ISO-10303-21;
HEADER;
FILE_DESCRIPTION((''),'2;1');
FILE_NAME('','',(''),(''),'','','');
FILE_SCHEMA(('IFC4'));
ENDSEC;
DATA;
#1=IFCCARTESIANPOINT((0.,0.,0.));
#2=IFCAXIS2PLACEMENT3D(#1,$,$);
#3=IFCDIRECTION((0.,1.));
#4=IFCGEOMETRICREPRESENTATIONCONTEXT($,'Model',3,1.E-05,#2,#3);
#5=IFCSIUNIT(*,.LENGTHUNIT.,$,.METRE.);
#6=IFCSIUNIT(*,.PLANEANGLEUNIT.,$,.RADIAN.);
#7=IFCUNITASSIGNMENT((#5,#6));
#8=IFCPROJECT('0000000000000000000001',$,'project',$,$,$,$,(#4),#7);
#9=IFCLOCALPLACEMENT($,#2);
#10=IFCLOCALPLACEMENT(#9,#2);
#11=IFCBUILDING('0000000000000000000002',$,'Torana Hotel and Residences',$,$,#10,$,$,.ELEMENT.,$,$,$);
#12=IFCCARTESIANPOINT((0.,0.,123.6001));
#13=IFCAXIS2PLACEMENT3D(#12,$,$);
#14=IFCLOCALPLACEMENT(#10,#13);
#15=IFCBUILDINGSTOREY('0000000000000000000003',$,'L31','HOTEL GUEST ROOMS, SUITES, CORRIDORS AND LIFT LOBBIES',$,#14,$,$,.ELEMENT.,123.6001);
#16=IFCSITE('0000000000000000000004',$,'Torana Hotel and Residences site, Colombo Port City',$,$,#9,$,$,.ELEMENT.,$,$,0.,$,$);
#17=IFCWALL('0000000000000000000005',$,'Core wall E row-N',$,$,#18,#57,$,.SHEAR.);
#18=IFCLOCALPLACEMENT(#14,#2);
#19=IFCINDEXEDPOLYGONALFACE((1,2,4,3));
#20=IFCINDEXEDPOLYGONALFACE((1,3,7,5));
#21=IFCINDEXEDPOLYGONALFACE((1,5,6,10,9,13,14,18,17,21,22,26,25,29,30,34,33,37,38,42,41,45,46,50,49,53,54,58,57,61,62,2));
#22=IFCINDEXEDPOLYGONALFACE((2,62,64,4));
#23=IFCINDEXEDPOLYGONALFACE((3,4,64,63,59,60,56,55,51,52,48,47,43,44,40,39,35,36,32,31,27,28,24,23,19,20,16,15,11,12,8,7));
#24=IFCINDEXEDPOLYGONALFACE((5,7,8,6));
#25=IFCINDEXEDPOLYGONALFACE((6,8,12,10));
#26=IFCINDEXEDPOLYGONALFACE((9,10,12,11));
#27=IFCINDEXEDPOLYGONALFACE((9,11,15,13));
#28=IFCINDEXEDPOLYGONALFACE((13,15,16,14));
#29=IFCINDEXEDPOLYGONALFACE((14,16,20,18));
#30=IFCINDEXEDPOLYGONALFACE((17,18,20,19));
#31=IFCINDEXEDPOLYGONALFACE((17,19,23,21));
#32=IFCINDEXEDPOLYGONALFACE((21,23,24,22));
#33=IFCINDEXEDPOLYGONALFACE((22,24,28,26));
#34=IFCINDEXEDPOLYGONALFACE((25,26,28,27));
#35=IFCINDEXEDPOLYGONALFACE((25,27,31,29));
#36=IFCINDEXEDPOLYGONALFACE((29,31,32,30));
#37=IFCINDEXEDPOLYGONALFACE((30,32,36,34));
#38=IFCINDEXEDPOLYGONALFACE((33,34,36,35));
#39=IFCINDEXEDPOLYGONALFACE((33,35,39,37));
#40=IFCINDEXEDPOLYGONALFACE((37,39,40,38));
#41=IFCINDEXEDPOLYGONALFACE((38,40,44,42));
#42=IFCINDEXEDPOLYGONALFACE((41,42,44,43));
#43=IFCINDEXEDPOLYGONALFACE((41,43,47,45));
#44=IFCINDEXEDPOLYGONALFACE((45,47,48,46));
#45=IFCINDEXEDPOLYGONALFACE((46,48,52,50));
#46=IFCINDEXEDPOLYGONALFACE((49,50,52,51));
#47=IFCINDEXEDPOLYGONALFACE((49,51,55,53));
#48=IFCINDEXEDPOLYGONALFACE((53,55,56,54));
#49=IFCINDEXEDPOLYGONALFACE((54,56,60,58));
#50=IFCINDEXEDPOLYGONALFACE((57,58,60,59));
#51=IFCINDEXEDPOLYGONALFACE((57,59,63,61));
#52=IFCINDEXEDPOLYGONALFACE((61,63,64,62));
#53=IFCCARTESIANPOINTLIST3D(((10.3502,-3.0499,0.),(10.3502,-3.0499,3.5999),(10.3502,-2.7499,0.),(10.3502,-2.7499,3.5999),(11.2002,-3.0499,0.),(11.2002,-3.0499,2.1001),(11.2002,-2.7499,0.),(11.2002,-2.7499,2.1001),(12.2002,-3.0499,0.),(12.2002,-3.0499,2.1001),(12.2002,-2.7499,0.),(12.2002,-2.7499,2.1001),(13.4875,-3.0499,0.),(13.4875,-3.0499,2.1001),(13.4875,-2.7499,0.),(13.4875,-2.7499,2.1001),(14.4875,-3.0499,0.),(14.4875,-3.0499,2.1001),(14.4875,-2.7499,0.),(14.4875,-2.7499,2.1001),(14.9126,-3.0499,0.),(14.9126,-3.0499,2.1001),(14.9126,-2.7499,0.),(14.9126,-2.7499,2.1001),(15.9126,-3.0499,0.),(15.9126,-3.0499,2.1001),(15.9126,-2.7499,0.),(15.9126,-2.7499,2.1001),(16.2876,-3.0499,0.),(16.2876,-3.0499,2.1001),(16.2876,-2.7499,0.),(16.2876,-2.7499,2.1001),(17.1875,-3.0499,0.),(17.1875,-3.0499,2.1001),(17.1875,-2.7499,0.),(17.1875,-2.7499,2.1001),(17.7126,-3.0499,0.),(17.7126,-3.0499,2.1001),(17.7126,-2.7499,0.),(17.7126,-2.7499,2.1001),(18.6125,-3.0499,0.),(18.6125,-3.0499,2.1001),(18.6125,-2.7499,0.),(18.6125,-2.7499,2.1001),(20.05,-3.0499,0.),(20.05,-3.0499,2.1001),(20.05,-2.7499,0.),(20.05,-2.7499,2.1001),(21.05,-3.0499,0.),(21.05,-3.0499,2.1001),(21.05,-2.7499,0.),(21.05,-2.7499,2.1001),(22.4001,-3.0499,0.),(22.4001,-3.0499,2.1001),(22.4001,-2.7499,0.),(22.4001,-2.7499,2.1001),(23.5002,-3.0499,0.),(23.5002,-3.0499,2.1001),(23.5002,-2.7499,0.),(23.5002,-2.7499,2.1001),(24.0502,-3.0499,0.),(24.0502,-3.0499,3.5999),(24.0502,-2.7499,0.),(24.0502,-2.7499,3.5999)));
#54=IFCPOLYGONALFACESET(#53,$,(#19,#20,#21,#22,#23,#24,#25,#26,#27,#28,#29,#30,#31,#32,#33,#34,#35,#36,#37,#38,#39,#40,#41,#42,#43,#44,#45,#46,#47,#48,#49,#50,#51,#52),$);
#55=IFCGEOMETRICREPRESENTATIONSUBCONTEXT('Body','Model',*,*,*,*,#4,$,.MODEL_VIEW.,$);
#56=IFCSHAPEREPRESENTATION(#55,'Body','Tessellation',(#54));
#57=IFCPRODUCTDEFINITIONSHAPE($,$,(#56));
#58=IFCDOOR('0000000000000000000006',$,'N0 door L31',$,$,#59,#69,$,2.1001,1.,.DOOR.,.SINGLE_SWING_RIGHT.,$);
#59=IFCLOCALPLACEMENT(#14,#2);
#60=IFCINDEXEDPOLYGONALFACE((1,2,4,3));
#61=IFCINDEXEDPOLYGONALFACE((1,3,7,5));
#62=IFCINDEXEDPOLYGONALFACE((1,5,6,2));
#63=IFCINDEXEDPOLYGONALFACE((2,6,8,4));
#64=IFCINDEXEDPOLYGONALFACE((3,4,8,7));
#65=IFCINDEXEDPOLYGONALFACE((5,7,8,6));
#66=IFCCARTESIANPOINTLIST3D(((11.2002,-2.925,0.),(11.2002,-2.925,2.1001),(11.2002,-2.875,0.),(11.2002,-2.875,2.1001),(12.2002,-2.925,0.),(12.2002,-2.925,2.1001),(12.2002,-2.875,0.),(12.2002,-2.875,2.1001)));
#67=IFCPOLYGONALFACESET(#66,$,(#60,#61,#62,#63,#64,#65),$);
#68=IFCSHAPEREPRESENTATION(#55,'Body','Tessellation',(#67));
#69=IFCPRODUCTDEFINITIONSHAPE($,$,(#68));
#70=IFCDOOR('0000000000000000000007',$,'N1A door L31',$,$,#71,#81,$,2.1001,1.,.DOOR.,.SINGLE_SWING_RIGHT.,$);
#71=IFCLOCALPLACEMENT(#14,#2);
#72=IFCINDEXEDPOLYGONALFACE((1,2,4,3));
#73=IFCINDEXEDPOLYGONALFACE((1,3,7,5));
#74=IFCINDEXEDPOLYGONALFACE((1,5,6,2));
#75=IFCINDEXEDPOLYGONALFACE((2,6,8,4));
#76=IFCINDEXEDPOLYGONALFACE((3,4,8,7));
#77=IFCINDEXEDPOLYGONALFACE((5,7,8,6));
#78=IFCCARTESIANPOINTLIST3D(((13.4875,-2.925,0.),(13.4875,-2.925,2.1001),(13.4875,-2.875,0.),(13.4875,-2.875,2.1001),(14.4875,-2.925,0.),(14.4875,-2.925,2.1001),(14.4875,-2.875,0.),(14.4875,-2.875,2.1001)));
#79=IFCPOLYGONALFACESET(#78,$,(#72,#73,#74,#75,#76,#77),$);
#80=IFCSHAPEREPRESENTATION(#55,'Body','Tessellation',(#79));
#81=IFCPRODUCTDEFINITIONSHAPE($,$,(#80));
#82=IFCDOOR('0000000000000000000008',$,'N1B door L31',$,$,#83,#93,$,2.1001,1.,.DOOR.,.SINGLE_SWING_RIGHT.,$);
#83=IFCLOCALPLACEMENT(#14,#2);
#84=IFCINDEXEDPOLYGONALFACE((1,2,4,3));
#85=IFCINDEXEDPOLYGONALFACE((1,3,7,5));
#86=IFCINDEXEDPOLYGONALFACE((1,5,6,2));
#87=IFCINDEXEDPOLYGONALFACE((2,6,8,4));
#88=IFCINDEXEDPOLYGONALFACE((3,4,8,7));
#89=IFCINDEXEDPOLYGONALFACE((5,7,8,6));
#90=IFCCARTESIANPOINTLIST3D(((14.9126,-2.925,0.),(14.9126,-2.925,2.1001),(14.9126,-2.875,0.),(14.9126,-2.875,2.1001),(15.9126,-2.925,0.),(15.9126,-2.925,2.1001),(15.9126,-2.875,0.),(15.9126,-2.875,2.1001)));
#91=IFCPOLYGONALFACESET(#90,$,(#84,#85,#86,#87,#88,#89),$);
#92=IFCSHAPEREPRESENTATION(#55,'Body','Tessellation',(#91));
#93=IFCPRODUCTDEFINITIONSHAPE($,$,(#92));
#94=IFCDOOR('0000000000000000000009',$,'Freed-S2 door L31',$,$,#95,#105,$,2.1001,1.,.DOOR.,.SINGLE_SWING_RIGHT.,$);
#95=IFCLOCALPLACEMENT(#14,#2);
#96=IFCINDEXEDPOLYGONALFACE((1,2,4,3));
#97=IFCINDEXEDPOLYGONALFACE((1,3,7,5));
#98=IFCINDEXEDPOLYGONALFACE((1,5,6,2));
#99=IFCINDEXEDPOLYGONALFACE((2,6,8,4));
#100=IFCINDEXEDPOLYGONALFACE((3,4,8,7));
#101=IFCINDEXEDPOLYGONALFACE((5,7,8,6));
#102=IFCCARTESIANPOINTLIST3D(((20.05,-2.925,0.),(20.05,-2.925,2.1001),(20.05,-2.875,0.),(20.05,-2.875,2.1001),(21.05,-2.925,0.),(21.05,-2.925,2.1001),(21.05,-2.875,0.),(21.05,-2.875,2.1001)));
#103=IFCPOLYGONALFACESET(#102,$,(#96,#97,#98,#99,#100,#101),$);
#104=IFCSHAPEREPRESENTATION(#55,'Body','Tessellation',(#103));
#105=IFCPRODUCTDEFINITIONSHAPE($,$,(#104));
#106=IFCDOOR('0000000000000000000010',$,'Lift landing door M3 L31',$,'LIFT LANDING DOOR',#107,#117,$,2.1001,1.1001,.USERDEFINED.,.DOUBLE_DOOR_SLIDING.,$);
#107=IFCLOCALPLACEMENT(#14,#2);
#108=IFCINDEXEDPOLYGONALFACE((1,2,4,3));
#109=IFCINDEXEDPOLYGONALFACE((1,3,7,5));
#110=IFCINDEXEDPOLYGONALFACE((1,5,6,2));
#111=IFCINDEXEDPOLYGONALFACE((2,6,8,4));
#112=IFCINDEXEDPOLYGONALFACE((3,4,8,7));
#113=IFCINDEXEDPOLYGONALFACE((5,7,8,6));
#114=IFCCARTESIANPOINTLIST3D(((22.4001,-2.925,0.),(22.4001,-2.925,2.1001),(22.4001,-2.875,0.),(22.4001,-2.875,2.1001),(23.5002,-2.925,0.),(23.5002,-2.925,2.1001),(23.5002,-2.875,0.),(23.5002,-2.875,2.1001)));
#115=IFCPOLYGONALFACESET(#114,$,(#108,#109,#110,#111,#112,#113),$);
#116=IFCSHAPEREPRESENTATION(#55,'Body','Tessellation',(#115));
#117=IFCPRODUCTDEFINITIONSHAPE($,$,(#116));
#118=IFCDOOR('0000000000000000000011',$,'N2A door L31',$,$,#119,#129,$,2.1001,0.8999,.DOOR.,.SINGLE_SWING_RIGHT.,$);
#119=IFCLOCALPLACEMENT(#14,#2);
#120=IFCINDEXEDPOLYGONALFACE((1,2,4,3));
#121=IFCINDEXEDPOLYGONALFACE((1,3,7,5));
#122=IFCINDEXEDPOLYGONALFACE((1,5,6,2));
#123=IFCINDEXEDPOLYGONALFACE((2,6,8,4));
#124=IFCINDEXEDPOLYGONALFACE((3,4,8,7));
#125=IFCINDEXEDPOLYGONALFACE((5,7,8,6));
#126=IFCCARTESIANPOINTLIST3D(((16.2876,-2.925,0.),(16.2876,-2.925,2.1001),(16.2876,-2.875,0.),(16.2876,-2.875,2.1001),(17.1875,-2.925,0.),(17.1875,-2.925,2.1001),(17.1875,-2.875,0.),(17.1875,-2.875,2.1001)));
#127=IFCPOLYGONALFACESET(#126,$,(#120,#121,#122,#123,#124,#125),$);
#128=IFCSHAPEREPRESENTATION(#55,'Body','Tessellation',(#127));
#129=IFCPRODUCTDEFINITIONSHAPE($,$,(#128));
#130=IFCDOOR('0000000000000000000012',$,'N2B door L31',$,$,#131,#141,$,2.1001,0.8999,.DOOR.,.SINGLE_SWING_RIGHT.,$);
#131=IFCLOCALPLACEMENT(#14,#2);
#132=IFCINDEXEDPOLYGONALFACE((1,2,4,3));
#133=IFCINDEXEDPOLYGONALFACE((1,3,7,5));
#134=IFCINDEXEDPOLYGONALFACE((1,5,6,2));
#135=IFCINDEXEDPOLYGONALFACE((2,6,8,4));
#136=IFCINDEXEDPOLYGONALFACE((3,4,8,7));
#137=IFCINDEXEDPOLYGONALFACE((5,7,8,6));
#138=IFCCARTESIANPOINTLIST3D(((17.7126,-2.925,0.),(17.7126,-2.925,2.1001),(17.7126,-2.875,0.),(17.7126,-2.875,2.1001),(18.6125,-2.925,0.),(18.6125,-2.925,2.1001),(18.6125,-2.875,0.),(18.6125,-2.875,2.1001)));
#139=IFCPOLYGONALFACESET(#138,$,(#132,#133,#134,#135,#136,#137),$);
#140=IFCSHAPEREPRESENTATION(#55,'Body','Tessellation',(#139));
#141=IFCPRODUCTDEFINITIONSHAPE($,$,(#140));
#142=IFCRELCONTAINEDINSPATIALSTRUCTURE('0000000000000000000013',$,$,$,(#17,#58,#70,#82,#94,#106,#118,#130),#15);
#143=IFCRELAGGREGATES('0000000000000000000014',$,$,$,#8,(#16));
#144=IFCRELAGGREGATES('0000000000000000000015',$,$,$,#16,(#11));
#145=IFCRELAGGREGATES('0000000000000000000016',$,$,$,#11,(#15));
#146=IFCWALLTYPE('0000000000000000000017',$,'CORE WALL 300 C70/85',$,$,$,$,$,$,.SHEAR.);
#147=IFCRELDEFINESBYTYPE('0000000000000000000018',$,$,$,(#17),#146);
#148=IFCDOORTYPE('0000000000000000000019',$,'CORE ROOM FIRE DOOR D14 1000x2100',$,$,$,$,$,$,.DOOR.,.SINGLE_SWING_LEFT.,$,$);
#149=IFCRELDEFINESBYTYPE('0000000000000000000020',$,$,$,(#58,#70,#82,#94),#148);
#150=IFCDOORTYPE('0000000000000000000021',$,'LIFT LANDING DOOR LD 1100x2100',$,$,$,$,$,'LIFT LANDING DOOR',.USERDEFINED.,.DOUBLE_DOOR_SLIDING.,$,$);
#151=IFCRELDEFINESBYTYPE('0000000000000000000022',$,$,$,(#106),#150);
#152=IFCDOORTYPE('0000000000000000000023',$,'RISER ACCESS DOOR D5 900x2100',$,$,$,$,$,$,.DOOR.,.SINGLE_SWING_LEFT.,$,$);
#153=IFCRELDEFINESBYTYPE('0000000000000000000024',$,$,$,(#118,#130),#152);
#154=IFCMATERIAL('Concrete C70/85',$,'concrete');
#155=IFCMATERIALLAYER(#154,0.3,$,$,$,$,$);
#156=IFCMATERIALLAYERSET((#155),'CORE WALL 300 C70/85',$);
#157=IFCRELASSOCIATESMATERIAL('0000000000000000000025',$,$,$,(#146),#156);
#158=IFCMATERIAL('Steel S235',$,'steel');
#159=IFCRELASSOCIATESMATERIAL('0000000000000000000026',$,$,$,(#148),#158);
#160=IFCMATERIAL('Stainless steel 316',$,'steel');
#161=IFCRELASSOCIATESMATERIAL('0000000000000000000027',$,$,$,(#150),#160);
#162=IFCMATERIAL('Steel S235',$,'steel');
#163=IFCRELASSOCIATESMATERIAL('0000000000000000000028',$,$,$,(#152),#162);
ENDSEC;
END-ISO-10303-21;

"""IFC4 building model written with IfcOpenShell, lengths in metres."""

from ifc_helpers import new_model, si_unit, direction, frame, frame_2d, origin, place, context, subcontext, project, spatial, rectangle, extrude, material, layer, layer_set, type_object, element, fill, save


model = new_model("IFC4")

# Units and contexts
model_context = context("Model", 3, precision=1e-05, world=origin(), true_north=direction((0.0, 1.0)))
body_context = subcontext(model_context, "Body", "Model", "MODEL_VIEW")
ifc_project = project(units=[si_unit("LENGTHUNIT", "METRE"), si_unit("PLANEANGLEUNIT", "RADIAN")], contexts=[model_context])

# Site, building, storey
site_placement = place(None, origin())
site = spatial("IfcSite", under=ifc_project, at=site_placement, Name="Torana Hotel and Residences site, Colombo Port City", CompositionType="ELEMENT", RefElevation=0.0)
building_placement = place(site_placement, origin())
building = spatial("IfcBuilding", under=site, at=building_placement, Name="Torana Hotel and Residences", CompositionType="ELEMENT")
storey_placement = place(building_placement, frame((0.0, 0.0, 123.6001)))
storey = spatial("IfcBuildingStorey", under=building, at=storey_placement, Name="L31", Description="HOTEL GUEST ROOMS, SUITES, CORRIDORS AND LIFT LOBBIES", CompositionType="ELEMENT", Elevation=123.6001)

# Wall, openings, doors
ifc_material_1 = material(Name="Concrete C70/85", Category="concrete")
ifc_layer_1 = layer(ifc_material_1, 0.3)
ifc_layer_set_1 = layer_set([ifc_layer_1], Name="CORE WALL 300 C70/85")
wall_type_1 = type_object("IfcWallType", Name="CORE WALL 300 C70/85", PredefinedType="SHEAR", material=ifc_layer_set_1)
wall_1_placement = place(storey_placement, frame((10.3501, -2.8999, 0.0), z_axis=(0.0, 0.0, 1.0), x_axis=(1.0, 0.0, 0.0)))
wall_1 = element("IfcWall", 1, at=wall_1_placement, inside=storey, type_object=wall_type_1, Name="Core wall E row-N", PredefinedType="SHEAR", context=body_context, shape_type="SweptSolid", body=[
    extrude(rectangle(XDim=13.7, YDim=0.3, at=frame_2d((6.8501, 0.0))), origin(), (0.0, 0.0, 1.0), 3.5999),
])
opening_1_placement = place(wall_1_placement, frame((12.05, 0.0, 0.0)))
opening_1 = element("IfcOpeningElement", 2, at=opening_1_placement, cuts=wall_1, PredefinedType="OPENING", context=body_context, shape_type="SweptSolid", body=[
    extrude(rectangle(XDim=1.1001, YDim=2.1001, at=frame_2d((0.55, 1.05))), frame((0.0, 0.1599, 0.0), z_axis=(0.0, -1.0, 0.0), x_axis=(1.0, 0.0, 0.0)), (0.0, 0.0, 1.0), 0.3201),
])
opening_2_placement = place(wall_1_placement, frame((5.9375, 0.0, 0.0)))
opening_2 = element("IfcOpeningElement", 3, at=opening_2_placement, cuts=wall_1, PredefinedType="OPENING", context=body_context, shape_type="SweptSolid", body=[
    extrude(rectangle(XDim=0.8999, YDim=2.1001, at=frame_2d((0.45, 1.05))), frame((0.0, 0.1599, 0.0), z_axis=(0.0, -1.0, 0.0), x_axis=(1.0, 0.0, 0.0)), (0.0, 0.0, 1.0), 0.3201),
])
opening_3_placement = place(wall_1_placement, frame((7.3625, 0.0, 0.0)))
opening_3 = element("IfcOpeningElement", 4, at=opening_3_placement, cuts=wall_1, PredefinedType="OPENING", context=body_context, shape_type="SweptSolid", body=[
    extrude(rectangle(XDim=0.8999, YDim=2.1001, at=frame_2d((0.45, 1.05))), frame((0.0, 0.1599, 0.0), z_axis=(0.0, -1.0, 0.0), x_axis=(1.0, 0.0, 0.0)), (0.0, 0.0, 1.0), 0.3201),
])
opening_4_placement = place(wall_1_placement, frame((0.8501, 0.0, 0.0)))
opening_4 = element("IfcOpeningElement", 5, at=opening_4_placement, cuts=wall_1, PredefinedType="OPENING", context=body_context, shape_type="SweptSolid", body=[
    extrude(rectangle(XDim=1.0, YDim=2.1001, at=frame_2d((0.5, 1.05))), frame((0.0, 0.1599, 0.0), z_axis=(0.0, -1.0, 0.0), x_axis=(1.0, 0.0, 0.0)), (0.0, 0.0, 1.0), 0.3201),
])
opening_5_placement = place(wall_1_placement, frame((3.1375, 0.0, 0.0)))
opening_5 = element("IfcOpeningElement", 6, at=opening_5_placement, cuts=wall_1, PredefinedType="OPENING", context=body_context, shape_type="SweptSolid", body=[
    extrude(rectangle(XDim=1.0, YDim=2.1001, at=frame_2d((0.5, 1.05))), frame((0.0, 0.1599, 0.0), z_axis=(0.0, -1.0, 0.0), x_axis=(1.0, 0.0, 0.0)), (0.0, 0.0, 1.0), 0.3201),
])
opening_6_placement = place(wall_1_placement, frame((4.5625, 0.0, 0.0)))
opening_6 = element("IfcOpeningElement", 7, at=opening_6_placement, cuts=wall_1, PredefinedType="OPENING", context=body_context, shape_type="SweptSolid", body=[
    extrude(rectangle(XDim=1.0, YDim=2.1001, at=frame_2d((0.5, 1.05))), frame((0.0, 0.1599, 0.0), z_axis=(0.0, -1.0, 0.0), x_axis=(1.0, 0.0, 0.0)), (0.0, 0.0, 1.0), 0.3201),
])
opening_7_placement = place(wall_1_placement, frame((9.7, 0.0, 0.0)))
opening_7 = element("IfcOpeningElement", 8, at=opening_7_placement, cuts=wall_1, PredefinedType="OPENING", context=body_context, shape_type="SweptSolid", body=[
    extrude(rectangle(XDim=1.0, YDim=2.1001, at=frame_2d((0.5, 1.05))), frame((0.0, 0.1599, 0.0), z_axis=(0.0, -1.0, 0.0), x_axis=(1.0, 0.0, 0.0)), (0.0, 0.0, 1.0), 0.3201),
])
ifc_material_2 = material(Name="Steel S235", Category="steel")
door_type_1 = type_object("IfcDoorType", Name="CORE ROOM FIRE DOOR D14 1000x2100", OperationType="SINGLE_SWING_LEFT", PredefinedType="DOOR", material=ifc_material_2)
door_1_placement = place(opening_4_placement, origin())
door_1 = element("IfcDoor", 9, at=door_1_placement, inside=storey, type_object=door_type_1, Name="N0 door L31", OperationType="SINGLE_SWING_RIGHT", OverallHeight=2.1001, OverallWidth=1.0, PredefinedType="DOOR", context=body_context, shape_type="SweptSolid", body=[
    extrude(rectangle(XDim=1.0, YDim=2.1001, at=frame_2d((0.5, 1.05))), frame((0.0, 0.0249, 0.0), z_axis=(0.0, -1.0, 0.0), x_axis=(1.0, 0.0, 0.0)), (0.0, 0.0, 1.0), 0.05),
])
fill(opening_4, door_1)
door_2_placement = place(opening_5_placement, origin())
door_2 = element("IfcDoor", 10, at=door_2_placement, inside=storey, type_object=door_type_1, Name="N1A door L31", OperationType="SINGLE_SWING_RIGHT", OverallHeight=2.1001, OverallWidth=1.0, PredefinedType="DOOR", context=body_context, shape_type="SweptSolid", body=[
    extrude(rectangle(XDim=1.0, YDim=2.1001, at=frame_2d((0.5, 1.05))), frame((0.0, 0.0249, 0.0), z_axis=(0.0, -1.0, 0.0), x_axis=(1.0, 0.0, 0.0)), (0.0, 0.0, 1.0), 0.05),
])
fill(opening_5, door_2)
door_3_placement = place(opening_6_placement, origin())
door_3 = element("IfcDoor", 11, at=door_3_placement, inside=storey, type_object=door_type_1, Name="N1B door L31", OperationType="SINGLE_SWING_RIGHT", OverallHeight=2.1001, OverallWidth=1.0, PredefinedType="DOOR", context=body_context, shape_type="SweptSolid", body=[
    extrude(rectangle(XDim=1.0, YDim=2.1001, at=frame_2d((0.5, 1.05))), frame((0.0, 0.0249, 0.0), z_axis=(0.0, -1.0, 0.0), x_axis=(1.0, 0.0, 0.0)), (0.0, 0.0, 1.0), 0.05),
])
fill(opening_6, door_3)
door_4_placement = place(opening_7_placement, origin())
door_4 = element("IfcDoor", 12, at=door_4_placement, inside=storey, type_object=door_type_1, Name="Freed-S2 door L31", OperationType="SINGLE_SWING_RIGHT", OverallHeight=2.1001, OverallWidth=1.0, PredefinedType="DOOR", context=body_context, shape_type="SweptSolid", body=[
    extrude(rectangle(XDim=1.0, YDim=2.1001, at=frame_2d((0.5, 1.05))), frame((0.0, 0.0249, 0.0), z_axis=(0.0, -1.0, 0.0), x_axis=(1.0, 0.0, 0.0)), (0.0, 0.0, 1.0), 0.05),
])
fill(opening_7, door_4)
ifc_material_3 = material(Name="Stainless steel 316", Category="steel")
door_type_2 = type_object("IfcDoorType", Name="LIFT LANDING DOOR LD 1100x2100", ElementType="LIFT LANDING DOOR", OperationType="DOUBLE_DOOR_SLIDING", PredefinedType="USERDEFINED", material=ifc_material_3)
door_5_placement = place(opening_1_placement, origin())
door_5 = element("IfcDoor", 13, at=door_5_placement, inside=storey, type_object=door_type_2, Name="Lift landing door M3 L31", ObjectType="LIFT LANDING DOOR", OperationType="DOUBLE_DOOR_SLIDING", OverallHeight=2.1001, OverallWidth=1.1001, PredefinedType="USERDEFINED", context=body_context, shape_type="SweptSolid", body=[
    extrude(rectangle(XDim=1.1001, YDim=2.1001, at=frame_2d((0.55, 1.05))), frame((0.0, 0.0249, 0.0), z_axis=(0.0, -1.0, 0.0), x_axis=(1.0, 0.0, 0.0)), (0.0, 0.0, 1.0), 0.05),
])
fill(opening_1, door_5)
ifc_material_4 = material(Name="Steel S235", Category="steel")
door_type_3 = type_object("IfcDoorType", Name="RISER ACCESS DOOR D5 900x2100", OperationType="SINGLE_SWING_LEFT", PredefinedType="DOOR", material=ifc_material_4)
door_6_placement = place(opening_2_placement, origin())
door_6 = element("IfcDoor", 14, at=door_6_placement, inside=storey, type_object=door_type_3, Name="N2A door L31", OperationType="SINGLE_SWING_RIGHT", OverallHeight=2.1001, OverallWidth=0.8999, PredefinedType="DOOR", context=body_context, shape_type="SweptSolid", body=[
    extrude(rectangle(XDim=0.8999, YDim=2.1001, at=frame_2d((0.45, 1.05))), frame((0.0, 0.0249, 0.0), z_axis=(0.0, -1.0, 0.0), x_axis=(1.0, 0.0, 0.0)), (0.0, 0.0, 1.0), 0.05),
])
fill(opening_2, door_6)
door_7_placement = place(opening_3_placement, origin())
door_7 = element("IfcDoor", 15, at=door_7_placement, inside=storey, type_object=door_type_3, Name="N2B door L31", OperationType="SINGLE_SWING_RIGHT", OverallHeight=2.1001, OverallWidth=0.8999, PredefinedType="DOOR", context=body_context, shape_type="SweptSolid", body=[
    extrude(rectangle(XDim=0.8999, YDim=2.1001, at=frame_2d((0.45, 1.05))), frame((0.0, 0.0249, 0.0), z_axis=(0.0, -1.0, 0.0), x_axis=(1.0, 0.0, 0.0)), (0.0, 0.0, 1.0), 0.05),
])
fill(opening_3, door_7)

save(model, "model.ifc")
